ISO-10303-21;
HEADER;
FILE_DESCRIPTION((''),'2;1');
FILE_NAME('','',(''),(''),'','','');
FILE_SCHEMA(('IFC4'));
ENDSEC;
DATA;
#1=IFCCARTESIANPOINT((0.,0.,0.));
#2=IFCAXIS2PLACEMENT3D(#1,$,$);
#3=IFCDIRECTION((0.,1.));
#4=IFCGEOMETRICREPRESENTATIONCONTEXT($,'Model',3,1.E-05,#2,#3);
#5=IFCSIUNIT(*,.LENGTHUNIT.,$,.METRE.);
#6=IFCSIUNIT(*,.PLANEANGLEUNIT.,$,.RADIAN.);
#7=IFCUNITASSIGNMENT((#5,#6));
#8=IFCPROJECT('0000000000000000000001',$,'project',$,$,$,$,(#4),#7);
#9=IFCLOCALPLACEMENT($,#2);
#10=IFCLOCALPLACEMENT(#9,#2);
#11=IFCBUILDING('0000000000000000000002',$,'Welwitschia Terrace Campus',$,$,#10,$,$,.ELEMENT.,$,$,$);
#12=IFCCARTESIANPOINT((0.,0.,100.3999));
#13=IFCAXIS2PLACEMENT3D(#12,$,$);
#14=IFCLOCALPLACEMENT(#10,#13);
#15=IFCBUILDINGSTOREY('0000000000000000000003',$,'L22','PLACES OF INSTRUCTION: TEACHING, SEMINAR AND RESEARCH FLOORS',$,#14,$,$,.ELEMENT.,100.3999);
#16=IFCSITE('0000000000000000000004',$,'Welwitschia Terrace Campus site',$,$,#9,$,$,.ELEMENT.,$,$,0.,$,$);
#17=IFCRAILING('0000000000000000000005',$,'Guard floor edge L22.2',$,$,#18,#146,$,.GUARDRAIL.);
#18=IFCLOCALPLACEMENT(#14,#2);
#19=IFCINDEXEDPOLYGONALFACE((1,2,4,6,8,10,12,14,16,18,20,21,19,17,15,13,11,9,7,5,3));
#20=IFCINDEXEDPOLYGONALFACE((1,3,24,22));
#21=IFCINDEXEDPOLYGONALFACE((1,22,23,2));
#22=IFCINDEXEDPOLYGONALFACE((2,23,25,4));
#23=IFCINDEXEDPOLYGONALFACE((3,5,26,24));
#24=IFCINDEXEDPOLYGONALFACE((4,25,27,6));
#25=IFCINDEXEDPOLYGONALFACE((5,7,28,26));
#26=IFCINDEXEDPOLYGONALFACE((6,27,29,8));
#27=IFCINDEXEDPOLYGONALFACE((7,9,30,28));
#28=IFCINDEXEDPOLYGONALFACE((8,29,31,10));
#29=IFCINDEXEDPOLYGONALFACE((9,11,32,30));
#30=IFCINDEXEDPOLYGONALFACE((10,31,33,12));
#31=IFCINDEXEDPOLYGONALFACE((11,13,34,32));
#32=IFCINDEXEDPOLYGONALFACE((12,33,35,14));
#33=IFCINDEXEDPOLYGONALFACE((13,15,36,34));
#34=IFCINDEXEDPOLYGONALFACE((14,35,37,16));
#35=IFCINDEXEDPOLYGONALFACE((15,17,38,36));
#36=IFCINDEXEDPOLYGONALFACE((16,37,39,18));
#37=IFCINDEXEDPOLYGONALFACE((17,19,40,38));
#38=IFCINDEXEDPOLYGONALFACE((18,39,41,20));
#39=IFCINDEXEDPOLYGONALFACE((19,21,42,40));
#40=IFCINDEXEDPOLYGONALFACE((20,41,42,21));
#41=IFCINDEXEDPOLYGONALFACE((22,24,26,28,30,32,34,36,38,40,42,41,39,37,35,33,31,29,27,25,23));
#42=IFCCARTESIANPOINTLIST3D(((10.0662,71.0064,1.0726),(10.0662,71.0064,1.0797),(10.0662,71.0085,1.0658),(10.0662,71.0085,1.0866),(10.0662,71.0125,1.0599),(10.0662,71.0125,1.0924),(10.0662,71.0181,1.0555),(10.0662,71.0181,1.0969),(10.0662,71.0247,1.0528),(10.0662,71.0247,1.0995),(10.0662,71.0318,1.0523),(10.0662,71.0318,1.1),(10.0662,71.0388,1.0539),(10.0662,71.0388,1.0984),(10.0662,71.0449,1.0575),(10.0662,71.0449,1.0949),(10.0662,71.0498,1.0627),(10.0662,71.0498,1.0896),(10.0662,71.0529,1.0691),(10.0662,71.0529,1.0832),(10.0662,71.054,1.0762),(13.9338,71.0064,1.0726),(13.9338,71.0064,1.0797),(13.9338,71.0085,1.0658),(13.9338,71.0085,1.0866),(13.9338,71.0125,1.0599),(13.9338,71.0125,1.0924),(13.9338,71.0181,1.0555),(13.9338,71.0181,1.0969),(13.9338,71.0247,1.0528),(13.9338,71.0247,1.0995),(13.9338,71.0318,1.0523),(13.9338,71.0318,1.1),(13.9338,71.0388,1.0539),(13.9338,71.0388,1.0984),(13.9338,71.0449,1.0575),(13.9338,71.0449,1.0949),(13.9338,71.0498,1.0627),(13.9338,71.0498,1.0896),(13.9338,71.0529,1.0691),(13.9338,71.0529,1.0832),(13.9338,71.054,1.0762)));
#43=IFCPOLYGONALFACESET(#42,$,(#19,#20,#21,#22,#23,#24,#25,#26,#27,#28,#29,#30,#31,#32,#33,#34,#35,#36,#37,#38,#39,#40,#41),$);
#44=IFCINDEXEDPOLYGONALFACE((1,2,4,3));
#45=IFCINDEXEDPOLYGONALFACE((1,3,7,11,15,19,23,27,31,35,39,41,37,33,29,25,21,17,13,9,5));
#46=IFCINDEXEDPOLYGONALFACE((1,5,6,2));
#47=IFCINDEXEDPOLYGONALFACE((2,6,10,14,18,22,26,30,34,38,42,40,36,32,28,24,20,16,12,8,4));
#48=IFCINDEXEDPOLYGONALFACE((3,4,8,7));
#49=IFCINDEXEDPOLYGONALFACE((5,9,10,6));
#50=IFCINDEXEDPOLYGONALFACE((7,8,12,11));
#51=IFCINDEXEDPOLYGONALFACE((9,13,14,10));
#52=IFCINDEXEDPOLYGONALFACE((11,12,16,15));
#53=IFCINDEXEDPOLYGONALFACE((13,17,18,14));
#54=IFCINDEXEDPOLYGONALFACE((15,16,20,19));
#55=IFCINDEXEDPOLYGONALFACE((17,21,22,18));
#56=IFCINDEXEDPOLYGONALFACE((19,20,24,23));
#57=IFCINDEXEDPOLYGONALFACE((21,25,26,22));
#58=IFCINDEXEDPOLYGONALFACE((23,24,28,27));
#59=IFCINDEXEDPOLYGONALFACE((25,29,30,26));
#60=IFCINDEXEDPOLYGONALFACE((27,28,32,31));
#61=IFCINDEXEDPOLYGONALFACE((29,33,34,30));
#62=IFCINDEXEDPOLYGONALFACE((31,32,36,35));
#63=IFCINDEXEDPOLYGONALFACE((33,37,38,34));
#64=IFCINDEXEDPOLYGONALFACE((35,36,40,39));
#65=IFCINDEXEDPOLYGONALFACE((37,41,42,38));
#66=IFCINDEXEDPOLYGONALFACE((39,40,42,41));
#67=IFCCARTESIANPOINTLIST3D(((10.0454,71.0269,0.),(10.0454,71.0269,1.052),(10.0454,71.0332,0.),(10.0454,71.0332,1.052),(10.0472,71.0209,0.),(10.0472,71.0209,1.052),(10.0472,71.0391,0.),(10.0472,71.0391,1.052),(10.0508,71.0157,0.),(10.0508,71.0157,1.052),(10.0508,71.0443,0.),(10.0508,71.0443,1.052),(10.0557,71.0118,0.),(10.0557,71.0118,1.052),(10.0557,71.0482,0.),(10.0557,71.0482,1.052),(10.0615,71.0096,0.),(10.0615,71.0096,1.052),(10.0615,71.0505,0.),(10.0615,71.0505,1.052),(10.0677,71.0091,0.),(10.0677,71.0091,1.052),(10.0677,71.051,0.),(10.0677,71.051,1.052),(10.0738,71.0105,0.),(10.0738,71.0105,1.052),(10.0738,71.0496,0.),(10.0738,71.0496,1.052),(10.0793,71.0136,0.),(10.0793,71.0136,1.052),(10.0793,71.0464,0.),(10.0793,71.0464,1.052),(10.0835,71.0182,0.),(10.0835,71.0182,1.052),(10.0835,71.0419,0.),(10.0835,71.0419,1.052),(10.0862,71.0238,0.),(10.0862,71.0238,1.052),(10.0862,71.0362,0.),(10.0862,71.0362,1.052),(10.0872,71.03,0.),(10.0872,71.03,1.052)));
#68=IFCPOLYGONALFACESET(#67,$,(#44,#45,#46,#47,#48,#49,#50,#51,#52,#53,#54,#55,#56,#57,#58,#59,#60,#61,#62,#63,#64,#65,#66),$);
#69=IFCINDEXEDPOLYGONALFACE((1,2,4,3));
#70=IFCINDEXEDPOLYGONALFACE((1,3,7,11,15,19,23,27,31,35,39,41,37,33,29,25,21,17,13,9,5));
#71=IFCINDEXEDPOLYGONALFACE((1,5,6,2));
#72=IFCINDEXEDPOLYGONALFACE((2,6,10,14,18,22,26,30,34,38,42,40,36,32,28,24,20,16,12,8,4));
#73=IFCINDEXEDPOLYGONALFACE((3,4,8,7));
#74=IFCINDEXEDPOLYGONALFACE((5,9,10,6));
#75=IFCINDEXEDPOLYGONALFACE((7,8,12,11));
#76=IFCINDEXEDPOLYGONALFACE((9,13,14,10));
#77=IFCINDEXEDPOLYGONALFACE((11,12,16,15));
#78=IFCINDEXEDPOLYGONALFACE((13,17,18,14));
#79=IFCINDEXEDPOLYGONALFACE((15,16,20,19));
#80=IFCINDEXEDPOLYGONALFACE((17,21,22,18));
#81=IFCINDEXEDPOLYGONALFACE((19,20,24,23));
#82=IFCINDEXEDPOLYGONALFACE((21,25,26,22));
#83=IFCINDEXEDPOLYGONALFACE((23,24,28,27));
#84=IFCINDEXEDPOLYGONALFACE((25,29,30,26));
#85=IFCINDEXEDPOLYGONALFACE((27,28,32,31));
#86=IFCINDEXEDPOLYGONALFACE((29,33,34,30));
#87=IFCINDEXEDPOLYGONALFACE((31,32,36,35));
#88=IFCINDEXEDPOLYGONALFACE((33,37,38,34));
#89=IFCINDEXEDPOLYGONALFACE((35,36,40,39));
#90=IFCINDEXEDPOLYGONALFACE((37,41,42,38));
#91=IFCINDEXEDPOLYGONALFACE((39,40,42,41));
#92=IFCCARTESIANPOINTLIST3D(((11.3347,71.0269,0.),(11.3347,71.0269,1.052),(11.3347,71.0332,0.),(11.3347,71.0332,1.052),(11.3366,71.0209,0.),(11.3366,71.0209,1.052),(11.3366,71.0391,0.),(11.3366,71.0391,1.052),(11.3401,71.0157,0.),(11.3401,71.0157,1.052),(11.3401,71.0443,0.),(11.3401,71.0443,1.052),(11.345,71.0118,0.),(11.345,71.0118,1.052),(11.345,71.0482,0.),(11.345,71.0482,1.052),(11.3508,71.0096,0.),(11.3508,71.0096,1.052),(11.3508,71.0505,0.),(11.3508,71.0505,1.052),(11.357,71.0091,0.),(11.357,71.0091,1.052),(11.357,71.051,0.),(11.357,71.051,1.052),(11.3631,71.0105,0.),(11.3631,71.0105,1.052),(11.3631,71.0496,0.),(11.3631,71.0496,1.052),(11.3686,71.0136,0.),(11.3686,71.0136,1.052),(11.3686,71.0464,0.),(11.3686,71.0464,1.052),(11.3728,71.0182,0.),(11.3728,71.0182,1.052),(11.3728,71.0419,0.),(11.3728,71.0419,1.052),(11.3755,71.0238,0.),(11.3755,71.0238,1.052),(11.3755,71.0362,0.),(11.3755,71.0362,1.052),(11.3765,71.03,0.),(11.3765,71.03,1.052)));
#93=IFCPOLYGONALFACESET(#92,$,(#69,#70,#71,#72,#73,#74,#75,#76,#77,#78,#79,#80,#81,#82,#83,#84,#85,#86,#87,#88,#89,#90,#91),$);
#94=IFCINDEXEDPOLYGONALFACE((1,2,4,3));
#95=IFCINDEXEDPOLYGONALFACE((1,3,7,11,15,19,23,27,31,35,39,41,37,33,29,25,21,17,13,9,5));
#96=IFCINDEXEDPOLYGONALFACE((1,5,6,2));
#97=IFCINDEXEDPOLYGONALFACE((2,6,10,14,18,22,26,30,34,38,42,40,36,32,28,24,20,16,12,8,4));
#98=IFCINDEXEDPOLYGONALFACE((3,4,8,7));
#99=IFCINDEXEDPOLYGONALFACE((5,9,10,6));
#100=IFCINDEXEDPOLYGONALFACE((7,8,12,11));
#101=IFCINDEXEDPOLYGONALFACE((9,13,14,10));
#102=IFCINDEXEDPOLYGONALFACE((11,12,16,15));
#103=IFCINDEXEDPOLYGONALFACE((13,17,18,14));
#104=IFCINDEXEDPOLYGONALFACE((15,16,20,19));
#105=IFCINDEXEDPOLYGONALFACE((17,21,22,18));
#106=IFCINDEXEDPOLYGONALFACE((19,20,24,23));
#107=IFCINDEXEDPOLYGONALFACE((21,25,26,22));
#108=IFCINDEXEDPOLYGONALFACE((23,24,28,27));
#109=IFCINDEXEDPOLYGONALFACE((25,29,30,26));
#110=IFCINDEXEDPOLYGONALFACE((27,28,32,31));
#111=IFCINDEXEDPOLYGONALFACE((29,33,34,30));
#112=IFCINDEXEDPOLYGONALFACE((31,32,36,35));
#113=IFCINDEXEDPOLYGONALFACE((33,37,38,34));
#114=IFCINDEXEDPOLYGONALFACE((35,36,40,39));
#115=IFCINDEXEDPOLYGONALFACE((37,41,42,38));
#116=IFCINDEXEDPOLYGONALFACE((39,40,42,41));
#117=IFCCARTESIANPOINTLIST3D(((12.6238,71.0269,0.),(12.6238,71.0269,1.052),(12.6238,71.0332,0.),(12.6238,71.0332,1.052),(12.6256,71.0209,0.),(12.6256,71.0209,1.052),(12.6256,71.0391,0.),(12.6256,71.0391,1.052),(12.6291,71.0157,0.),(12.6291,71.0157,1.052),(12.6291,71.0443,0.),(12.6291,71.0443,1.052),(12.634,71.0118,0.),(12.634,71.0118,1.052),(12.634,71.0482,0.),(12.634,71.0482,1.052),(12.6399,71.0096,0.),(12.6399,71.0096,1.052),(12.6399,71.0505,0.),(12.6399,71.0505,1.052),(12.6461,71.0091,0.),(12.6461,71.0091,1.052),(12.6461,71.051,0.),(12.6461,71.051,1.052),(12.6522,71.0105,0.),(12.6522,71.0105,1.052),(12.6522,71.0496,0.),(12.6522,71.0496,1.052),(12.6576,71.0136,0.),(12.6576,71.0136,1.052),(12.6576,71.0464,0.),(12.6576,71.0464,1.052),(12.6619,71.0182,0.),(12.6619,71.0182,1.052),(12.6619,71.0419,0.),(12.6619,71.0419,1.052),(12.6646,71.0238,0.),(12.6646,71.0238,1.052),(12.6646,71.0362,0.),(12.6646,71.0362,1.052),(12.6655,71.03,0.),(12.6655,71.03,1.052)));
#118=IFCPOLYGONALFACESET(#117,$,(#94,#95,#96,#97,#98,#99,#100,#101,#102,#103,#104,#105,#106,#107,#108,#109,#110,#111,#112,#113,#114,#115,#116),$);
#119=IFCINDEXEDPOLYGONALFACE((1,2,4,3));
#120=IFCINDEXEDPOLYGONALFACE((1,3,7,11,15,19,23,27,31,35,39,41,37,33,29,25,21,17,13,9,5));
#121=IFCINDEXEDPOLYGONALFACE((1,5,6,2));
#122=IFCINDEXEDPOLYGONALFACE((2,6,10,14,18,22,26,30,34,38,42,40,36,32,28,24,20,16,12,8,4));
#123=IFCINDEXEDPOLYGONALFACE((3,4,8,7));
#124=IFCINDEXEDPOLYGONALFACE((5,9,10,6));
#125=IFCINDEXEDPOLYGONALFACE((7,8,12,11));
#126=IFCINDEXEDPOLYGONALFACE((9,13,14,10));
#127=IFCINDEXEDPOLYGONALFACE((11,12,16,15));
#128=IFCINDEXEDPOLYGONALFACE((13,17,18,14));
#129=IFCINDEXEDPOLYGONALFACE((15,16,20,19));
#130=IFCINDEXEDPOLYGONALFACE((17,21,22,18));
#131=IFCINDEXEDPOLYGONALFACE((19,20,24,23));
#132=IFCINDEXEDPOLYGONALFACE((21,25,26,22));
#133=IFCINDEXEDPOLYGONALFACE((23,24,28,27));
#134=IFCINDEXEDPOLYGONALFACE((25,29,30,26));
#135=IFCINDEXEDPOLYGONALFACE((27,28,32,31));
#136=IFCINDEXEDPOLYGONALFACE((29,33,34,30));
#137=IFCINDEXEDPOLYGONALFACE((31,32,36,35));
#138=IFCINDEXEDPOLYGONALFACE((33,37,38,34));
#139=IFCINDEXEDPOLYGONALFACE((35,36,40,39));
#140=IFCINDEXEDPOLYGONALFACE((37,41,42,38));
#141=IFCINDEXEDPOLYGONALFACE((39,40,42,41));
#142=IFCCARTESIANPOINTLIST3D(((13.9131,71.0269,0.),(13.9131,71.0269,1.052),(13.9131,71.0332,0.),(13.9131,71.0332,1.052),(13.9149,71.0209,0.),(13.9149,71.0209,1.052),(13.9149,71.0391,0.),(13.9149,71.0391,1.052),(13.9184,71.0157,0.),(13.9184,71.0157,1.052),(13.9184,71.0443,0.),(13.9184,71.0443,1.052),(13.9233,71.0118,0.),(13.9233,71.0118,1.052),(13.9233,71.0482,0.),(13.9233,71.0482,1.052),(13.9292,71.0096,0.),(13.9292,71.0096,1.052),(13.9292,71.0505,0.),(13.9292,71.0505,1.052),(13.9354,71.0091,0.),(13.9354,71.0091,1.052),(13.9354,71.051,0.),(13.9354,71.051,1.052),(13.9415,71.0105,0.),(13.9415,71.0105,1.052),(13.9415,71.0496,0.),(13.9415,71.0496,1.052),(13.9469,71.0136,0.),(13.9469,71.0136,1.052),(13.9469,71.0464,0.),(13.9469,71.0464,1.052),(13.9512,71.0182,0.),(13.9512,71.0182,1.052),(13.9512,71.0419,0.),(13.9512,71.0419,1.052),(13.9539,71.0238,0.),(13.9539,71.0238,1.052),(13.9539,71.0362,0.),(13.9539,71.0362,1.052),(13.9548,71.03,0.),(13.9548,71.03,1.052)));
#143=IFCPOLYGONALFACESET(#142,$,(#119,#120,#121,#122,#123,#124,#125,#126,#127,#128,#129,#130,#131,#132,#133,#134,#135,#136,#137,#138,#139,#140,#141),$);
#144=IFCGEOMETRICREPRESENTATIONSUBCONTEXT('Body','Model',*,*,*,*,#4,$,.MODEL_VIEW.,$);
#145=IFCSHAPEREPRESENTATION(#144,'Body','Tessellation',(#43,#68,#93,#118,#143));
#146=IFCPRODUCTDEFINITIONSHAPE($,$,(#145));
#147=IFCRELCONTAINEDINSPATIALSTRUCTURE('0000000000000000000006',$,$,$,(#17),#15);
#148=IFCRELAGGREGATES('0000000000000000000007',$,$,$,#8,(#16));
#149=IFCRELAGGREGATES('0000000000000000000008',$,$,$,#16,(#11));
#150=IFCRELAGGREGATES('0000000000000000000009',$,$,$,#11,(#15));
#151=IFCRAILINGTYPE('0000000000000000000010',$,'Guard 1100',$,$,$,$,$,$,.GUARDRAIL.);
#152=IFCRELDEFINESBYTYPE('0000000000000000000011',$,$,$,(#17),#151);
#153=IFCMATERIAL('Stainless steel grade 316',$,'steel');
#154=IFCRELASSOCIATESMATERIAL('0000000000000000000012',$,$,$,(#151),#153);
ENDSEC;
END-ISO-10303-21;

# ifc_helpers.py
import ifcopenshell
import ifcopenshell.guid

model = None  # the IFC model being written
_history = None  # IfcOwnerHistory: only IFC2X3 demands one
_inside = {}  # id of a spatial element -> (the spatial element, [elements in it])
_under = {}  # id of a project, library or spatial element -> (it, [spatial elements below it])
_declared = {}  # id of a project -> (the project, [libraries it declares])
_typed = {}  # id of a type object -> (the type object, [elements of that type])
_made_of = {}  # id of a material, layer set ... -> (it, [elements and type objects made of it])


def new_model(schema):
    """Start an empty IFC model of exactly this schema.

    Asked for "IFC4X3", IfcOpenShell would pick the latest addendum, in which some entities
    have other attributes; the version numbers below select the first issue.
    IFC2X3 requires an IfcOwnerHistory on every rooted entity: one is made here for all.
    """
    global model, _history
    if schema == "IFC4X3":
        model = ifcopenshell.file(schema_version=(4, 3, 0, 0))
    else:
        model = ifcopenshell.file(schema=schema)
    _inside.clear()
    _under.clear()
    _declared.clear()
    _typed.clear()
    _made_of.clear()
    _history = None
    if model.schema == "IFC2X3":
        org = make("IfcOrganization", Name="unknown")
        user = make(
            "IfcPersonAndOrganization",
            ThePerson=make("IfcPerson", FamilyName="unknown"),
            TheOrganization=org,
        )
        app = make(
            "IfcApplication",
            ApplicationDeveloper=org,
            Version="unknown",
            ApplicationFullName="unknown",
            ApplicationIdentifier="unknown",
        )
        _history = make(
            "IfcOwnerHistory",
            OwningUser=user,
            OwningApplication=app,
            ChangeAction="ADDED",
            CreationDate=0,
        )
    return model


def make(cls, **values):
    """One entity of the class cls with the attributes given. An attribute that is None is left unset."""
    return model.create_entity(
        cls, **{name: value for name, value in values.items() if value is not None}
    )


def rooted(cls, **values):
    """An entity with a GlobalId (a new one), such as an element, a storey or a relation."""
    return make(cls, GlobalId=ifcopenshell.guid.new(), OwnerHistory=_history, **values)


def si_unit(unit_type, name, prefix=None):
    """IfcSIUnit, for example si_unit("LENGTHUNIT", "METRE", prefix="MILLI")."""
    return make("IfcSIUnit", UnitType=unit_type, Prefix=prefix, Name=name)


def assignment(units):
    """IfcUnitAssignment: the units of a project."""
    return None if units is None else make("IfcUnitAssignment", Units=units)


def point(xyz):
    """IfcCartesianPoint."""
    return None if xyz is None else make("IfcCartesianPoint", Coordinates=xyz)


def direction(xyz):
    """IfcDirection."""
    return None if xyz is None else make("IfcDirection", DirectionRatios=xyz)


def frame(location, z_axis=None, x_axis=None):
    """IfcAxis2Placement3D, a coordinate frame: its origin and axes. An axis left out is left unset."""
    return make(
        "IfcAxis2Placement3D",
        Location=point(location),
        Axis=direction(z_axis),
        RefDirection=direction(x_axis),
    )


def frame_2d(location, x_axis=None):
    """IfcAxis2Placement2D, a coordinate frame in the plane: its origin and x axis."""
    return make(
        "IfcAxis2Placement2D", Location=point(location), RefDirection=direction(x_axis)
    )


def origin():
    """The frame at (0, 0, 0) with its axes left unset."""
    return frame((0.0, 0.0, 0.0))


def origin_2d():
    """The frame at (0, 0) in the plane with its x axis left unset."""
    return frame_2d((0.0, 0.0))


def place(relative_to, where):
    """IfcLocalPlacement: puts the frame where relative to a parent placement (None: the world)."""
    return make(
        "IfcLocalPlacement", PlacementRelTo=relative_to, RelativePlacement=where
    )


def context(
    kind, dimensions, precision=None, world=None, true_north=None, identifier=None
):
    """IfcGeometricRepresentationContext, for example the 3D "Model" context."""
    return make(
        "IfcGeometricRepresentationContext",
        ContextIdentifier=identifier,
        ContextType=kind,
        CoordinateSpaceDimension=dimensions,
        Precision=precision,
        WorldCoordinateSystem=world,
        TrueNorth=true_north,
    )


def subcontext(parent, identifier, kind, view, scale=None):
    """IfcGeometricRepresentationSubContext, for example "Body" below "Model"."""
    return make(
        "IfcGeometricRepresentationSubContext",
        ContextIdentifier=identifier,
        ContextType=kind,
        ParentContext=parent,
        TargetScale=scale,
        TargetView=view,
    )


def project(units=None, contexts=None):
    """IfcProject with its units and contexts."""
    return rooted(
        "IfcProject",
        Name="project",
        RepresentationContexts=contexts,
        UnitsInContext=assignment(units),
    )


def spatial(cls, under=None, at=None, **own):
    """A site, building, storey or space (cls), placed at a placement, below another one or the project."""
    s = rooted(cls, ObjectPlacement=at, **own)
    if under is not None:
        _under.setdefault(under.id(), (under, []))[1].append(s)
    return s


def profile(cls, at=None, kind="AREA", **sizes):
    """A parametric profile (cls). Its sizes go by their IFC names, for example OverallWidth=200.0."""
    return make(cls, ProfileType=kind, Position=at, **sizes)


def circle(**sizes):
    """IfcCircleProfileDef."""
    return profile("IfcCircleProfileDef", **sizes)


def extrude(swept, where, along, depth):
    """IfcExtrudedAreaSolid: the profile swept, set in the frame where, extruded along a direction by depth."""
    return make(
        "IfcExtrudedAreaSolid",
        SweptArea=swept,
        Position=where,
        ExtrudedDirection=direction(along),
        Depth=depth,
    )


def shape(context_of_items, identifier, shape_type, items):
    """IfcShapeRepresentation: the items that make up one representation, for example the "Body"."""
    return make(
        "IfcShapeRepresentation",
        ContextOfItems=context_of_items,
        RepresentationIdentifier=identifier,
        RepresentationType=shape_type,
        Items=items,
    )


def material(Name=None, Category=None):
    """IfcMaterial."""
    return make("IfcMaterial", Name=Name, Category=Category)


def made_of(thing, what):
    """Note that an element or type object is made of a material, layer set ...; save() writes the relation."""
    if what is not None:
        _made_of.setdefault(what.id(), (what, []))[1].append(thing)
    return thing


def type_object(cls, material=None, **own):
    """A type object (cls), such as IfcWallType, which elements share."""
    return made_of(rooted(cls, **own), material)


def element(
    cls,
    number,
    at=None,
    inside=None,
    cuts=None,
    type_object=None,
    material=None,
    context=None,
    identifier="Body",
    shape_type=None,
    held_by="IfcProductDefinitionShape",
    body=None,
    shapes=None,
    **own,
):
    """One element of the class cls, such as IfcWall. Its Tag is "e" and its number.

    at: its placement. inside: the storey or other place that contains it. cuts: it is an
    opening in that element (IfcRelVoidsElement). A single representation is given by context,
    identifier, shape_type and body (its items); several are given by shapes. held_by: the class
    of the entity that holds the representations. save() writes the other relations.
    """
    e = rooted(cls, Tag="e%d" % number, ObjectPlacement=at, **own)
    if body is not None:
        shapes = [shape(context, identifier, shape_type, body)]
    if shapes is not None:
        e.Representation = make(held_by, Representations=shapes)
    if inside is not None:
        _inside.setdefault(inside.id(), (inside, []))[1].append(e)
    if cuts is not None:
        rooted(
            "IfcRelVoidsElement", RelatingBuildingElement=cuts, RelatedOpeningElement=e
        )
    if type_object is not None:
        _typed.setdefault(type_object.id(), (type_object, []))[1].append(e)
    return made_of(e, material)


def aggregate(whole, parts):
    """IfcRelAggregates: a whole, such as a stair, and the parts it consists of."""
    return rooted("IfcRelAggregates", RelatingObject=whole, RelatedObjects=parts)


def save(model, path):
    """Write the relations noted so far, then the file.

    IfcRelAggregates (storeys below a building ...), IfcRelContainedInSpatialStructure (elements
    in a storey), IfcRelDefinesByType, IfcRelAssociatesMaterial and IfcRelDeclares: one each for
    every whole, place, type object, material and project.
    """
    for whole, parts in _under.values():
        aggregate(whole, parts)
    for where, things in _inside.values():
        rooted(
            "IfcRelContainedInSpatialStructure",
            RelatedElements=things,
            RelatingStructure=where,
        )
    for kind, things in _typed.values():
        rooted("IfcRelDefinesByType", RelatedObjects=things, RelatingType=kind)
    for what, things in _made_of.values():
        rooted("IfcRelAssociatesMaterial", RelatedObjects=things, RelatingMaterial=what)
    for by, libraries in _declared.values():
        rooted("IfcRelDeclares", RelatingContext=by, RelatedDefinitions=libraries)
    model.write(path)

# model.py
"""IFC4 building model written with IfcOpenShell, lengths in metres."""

from ifc_helpers import new_model, si_unit, direction, frame, origin, origin_2d, place, context, subcontext, project, spatial, circle, extrude, material, type_object, element, save


model = new_model("IFC4")

# Units and contexts
model_context = context("Model", 3, precision=1e-05, world=origin(), true_north=direction((0.0, 1.0)))
body_context = subcontext(model_context, "Body", "Model", "MODEL_VIEW")
ifc_project = project(units=[si_unit("LENGTHUNIT", "METRE"), si_unit("PLANEANGLEUNIT", "RADIAN")], contexts=[model_context])

# Site, building, storey
site_placement = place(None, origin())
site = spatial("IfcSite", under=ifc_project, at=site_placement, Name="Welwitschia Terrace Campus site", CompositionType="ELEMENT", RefElevation=0.0)
building_placement = place(site_placement, origin())
building = spatial("IfcBuilding", under=site, at=building_placement, Name="Welwitschia Terrace Campus", CompositionType="ELEMENT")
storey_placement = place(building_placement, frame((0.0, 0.0, 100.3999)))
storey = spatial("IfcBuildingStorey", under=building, at=storey_placement, Name="L22", Description="PLACES OF INSTRUCTION: TEACHING, SEMINAR AND RESEARCH FLOORS", CompositionType="ELEMENT", Elevation=100.3999)

# Railing
ifc_material_1 = material(Name="Stainless steel grade 316", Category="steel")
railing_type = type_object("IfcRailingType", Name="Guard 1100", PredefinedType="GUARDRAIL", material=ifc_material_1)
railing_1_placement = place(storey_placement, frame((10.0662, 71.03, 0.0)))
element("IfcRailing", 1, at=railing_1_placement, inside=storey, type_object=railing_type, Name="Guard floor edge L22.2", PredefinedType="GUARDRAIL", context=body_context, shape_type="SweptSolid", body=[
    extrude(circle(Radius=0.0239, at=origin_2d()), frame((0.0, 0.0, 1.0762), z_axis=(1.0, 0.0, 0.0), x_axis=(0.0, 1.0, 0.0)), (0.0, 0.0, 1.0), 3.8677),
    extrude(circle(Radius=0.021, at=origin_2d()), origin(), (0.0, 0.0, 1.0), 1.052),
    extrude(circle(Radius=0.021, at=origin_2d()), frame((1.2893, 0.0, 0.0)), (0.0, 0.0, 1.0), 1.052),
    extrude(circle(Radius=0.021, at=origin_2d()), frame((2.5784, 0.0, 0.0)), (0.0, 0.0, 1.0), 1.052),
    extrude(circle(Radius=0.021, at=origin_2d()), frame((3.8677, 0.0, 0.0)), (0.0, 0.0, 1.0), 1.052),
])

save(model, "model.ifc")
